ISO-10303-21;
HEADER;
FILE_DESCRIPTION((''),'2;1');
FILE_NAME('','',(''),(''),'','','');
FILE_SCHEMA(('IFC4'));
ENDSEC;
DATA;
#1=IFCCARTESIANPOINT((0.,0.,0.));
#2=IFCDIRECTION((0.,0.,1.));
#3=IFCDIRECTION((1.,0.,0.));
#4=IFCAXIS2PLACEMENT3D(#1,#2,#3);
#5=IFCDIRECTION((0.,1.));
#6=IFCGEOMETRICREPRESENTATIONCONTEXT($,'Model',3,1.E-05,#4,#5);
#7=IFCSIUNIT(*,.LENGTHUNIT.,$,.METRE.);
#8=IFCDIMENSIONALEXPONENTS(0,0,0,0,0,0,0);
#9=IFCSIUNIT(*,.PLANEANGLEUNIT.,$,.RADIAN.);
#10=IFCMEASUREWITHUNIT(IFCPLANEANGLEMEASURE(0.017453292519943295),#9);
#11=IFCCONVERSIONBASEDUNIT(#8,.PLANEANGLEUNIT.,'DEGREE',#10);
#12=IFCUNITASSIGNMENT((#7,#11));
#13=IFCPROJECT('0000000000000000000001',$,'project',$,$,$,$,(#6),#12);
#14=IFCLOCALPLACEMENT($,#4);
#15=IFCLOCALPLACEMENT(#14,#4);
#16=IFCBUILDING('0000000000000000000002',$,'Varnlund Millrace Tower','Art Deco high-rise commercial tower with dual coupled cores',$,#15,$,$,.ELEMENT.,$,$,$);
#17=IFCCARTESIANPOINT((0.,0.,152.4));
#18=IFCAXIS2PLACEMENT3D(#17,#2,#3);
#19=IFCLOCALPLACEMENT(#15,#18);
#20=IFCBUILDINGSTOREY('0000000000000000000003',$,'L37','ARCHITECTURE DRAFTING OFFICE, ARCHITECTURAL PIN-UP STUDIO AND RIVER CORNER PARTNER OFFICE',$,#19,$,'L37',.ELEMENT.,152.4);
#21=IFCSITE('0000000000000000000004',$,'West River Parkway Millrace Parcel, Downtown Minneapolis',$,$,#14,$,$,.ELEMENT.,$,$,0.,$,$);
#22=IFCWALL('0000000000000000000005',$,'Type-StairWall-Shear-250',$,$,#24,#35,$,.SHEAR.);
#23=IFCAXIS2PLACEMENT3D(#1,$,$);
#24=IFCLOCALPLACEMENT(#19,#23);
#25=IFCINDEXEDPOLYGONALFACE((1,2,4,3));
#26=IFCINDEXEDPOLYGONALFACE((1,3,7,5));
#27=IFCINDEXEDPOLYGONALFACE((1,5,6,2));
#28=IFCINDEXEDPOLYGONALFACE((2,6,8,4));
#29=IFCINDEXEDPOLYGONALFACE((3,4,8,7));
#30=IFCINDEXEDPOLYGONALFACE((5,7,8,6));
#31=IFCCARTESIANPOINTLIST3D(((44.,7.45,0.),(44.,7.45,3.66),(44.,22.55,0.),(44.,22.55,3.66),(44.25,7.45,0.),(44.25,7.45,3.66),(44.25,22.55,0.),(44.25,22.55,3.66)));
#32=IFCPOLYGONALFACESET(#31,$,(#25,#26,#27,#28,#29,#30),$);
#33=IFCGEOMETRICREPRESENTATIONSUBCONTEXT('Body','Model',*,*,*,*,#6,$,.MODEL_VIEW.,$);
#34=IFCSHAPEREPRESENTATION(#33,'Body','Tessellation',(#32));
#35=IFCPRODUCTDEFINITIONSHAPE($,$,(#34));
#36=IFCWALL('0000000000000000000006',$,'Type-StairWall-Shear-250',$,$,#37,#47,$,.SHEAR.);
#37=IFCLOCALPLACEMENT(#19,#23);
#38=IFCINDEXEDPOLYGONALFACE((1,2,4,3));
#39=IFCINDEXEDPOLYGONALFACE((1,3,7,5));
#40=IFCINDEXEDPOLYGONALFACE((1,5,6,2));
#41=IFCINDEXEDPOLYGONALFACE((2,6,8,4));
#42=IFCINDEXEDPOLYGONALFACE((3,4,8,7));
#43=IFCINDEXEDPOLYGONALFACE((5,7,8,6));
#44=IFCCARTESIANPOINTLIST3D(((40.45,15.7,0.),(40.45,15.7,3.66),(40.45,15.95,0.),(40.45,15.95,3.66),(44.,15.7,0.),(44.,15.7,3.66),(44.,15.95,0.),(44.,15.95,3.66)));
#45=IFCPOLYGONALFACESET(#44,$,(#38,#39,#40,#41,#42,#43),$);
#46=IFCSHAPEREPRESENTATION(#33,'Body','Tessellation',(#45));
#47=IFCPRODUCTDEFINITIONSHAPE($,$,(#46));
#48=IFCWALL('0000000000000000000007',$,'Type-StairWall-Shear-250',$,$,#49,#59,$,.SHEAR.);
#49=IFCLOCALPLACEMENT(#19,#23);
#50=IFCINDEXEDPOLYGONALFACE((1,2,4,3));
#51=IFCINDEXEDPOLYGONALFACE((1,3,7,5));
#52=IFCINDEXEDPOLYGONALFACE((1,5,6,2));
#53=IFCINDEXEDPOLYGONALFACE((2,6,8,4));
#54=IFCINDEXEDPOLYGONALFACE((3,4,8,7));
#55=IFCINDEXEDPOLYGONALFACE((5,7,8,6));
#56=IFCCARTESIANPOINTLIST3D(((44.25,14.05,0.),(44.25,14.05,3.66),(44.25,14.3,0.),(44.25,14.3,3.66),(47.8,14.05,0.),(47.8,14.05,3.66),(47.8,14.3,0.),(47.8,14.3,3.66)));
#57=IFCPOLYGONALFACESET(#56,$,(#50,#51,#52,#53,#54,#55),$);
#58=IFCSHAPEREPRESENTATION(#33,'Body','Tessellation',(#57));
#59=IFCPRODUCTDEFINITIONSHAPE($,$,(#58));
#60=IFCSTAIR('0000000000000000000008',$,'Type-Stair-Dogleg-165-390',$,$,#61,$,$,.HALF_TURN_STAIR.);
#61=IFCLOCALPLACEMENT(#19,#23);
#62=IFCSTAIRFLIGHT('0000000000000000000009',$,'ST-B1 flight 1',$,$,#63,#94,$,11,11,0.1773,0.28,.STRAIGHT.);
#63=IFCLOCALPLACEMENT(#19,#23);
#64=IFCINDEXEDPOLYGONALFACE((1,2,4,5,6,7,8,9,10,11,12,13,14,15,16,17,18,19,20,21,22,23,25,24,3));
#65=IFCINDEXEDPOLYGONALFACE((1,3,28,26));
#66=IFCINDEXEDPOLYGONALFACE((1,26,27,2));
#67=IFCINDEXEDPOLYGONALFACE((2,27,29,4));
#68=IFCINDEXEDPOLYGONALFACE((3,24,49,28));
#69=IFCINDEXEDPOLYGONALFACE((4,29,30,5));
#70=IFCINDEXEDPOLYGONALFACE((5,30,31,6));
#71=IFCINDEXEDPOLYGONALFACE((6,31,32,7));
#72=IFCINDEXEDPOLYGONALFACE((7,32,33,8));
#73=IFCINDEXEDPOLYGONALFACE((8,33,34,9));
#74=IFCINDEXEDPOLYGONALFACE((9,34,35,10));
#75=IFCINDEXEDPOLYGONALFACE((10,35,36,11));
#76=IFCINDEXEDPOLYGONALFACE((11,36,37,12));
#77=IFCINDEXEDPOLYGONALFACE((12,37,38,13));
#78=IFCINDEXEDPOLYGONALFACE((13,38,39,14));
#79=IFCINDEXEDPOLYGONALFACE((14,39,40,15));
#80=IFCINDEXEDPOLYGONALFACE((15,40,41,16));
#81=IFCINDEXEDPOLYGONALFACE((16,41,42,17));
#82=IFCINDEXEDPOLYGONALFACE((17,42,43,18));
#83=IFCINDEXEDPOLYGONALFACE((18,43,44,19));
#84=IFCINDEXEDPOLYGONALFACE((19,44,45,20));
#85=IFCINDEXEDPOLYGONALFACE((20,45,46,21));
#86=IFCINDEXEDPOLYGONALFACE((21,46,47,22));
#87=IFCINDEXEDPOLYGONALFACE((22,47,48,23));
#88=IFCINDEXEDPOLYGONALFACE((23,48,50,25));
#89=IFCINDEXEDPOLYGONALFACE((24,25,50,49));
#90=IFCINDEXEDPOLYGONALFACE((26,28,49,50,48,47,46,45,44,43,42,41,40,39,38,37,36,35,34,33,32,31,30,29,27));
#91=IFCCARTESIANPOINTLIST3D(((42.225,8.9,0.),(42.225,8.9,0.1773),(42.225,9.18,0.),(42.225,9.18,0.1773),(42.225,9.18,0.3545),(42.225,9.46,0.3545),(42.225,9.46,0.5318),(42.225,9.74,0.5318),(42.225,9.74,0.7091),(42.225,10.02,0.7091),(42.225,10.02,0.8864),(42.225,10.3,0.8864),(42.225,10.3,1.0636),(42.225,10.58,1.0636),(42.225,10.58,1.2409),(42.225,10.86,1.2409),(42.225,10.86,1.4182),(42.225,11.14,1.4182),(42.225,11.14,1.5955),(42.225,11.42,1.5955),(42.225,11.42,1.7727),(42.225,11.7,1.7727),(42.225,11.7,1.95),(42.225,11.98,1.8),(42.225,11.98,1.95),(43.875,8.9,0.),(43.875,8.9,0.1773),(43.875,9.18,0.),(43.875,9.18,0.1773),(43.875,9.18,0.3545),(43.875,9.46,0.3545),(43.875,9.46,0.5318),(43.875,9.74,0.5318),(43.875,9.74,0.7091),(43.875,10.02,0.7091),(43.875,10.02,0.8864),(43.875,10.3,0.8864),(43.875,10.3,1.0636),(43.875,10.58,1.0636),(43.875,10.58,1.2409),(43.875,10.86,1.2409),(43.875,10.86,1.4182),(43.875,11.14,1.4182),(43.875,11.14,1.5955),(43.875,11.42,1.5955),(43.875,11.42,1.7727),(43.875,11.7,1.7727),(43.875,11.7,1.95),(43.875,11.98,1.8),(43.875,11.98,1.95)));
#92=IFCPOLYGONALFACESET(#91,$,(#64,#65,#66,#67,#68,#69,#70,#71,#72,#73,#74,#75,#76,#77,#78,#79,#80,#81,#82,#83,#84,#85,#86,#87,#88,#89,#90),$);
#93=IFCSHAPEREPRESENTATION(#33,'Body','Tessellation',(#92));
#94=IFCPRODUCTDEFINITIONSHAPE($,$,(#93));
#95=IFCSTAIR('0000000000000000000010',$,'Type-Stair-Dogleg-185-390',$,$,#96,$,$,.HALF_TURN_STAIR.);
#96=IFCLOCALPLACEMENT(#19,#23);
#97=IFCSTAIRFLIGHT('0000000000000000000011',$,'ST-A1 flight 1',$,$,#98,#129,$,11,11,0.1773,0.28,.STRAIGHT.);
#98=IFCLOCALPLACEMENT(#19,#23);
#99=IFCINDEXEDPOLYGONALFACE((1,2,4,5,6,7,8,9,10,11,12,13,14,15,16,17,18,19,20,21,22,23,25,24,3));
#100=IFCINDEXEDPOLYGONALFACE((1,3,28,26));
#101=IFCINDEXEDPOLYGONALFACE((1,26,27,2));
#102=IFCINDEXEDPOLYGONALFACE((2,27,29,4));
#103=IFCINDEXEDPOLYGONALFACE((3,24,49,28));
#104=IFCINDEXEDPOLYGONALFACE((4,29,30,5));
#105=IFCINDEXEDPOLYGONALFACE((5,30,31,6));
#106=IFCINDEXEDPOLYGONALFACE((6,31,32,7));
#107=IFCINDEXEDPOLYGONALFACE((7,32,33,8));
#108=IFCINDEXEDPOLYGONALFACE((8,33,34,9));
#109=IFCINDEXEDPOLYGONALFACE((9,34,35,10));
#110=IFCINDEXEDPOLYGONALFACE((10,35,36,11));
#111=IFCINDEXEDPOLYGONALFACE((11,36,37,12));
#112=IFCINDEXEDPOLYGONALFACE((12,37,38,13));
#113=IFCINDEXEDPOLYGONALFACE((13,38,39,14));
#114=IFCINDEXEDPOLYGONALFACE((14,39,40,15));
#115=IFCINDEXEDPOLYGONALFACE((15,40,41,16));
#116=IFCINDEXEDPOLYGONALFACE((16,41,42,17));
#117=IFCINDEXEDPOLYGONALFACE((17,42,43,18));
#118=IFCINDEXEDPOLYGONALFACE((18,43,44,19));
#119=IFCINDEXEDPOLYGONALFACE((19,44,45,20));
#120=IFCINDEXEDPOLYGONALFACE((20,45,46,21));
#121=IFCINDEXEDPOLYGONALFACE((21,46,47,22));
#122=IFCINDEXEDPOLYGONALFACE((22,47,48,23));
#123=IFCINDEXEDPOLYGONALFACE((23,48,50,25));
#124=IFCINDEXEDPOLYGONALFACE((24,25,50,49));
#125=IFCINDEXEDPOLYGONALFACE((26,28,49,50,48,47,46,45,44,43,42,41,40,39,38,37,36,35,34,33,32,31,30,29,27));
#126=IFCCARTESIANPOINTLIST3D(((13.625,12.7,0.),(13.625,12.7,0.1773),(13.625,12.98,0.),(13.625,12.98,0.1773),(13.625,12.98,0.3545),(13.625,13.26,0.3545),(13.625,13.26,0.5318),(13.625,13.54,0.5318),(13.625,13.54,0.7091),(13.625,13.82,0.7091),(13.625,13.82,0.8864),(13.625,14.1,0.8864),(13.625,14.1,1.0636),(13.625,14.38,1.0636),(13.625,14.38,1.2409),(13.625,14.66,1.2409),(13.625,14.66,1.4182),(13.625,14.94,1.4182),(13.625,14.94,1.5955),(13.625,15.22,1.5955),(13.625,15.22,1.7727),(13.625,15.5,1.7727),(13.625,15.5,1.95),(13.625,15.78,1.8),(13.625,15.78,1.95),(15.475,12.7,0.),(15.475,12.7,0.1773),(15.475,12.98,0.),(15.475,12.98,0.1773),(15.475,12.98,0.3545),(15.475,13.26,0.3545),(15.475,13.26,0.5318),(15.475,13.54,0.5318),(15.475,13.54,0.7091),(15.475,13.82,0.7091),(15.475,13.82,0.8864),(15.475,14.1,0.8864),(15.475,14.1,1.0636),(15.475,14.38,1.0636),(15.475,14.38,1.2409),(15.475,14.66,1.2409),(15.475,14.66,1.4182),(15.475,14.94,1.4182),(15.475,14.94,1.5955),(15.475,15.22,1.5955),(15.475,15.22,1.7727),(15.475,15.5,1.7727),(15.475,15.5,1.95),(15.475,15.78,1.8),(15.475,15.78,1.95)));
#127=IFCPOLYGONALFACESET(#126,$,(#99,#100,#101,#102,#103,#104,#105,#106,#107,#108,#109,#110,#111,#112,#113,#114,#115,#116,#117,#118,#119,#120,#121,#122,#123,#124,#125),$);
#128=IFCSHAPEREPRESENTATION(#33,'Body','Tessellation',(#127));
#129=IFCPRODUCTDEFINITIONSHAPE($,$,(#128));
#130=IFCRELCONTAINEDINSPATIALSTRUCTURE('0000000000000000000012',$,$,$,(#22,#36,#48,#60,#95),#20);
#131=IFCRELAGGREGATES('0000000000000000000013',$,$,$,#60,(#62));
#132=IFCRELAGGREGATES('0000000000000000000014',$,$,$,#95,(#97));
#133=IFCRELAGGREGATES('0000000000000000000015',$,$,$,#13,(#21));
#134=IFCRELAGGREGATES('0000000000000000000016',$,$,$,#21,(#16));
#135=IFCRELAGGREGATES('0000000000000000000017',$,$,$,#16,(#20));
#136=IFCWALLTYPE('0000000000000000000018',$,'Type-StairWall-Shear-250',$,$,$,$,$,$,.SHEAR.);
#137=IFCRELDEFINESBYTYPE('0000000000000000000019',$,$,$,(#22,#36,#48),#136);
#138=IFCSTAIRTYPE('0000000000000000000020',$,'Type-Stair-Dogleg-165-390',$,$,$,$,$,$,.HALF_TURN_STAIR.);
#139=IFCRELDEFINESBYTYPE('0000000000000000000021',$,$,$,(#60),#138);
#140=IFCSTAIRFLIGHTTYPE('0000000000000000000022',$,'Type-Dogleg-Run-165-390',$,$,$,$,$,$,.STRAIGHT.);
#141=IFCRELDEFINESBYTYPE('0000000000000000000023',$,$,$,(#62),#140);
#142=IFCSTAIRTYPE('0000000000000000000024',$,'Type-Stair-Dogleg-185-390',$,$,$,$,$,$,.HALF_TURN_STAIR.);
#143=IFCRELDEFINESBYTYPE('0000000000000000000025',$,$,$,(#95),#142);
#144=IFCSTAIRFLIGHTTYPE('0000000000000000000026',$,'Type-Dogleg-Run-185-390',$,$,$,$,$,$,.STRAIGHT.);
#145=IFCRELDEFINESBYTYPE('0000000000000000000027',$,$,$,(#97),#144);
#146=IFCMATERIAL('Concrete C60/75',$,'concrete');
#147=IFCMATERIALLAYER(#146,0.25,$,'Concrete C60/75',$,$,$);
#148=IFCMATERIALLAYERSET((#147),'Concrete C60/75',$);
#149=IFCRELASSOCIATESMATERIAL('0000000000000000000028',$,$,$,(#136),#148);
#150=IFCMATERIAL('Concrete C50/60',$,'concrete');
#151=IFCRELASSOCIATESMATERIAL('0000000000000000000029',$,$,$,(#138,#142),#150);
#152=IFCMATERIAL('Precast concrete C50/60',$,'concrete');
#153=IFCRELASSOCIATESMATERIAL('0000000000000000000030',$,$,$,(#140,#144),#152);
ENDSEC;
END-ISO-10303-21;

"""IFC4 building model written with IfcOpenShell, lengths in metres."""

from ifc_helpers import new_model, entity, si_unit, converted_unit, direction, frame, origin_with_axes, place, context, subcontext, project, spatial, polyline, outline, extrude, material, layer, layer_set, type_object, element, aggregate, save


model = new_model("IFC4")

# Units and contexts
model_context = context("Model", 3, precision=1e-05, world=origin_with_axes(), true_north=direction((0.0, 1.0)))
body_context = subcontext(model_context, "Body", "Model", "MODEL_VIEW")
ifc_project = project(units=[si_unit("LENGTHUNIT", "METRE"), converted_unit("PLANEANGLEUNIT", "DEGREE", entity("IfcPlaneAngleMeasure", 0.017453292519943295), si_unit("PLANEANGLEUNIT", "RADIAN"), dimensions=[0, 0, 0, 0, 0, 0, 0])], contexts=[model_context])

# Site, building, storey
site_placement = place(None, origin_with_axes())
site = spatial("IfcSite", under=ifc_project, at=site_placement, Name="West River Parkway Millrace Parcel, Downtown Minneapolis", CompositionType="ELEMENT", RefElevation=0.0)
building_placement = place(site_placement, origin_with_axes())
building = spatial("IfcBuilding", under=site, at=building_placement, Name="Varnlund Millrace Tower", Description="Art Deco high-rise commercial tower with dual coupled cores", CompositionType="ELEMENT")
storey_placement = place(building_placement, frame((0.0, 0.0, 152.4), z_axis=(0.0, 0.0, 1.0), x_axis=(1.0, 0.0, 0.0)))
storey = spatial("IfcBuildingStorey", under=building, at=storey_placement, Name="L37", Description="ARCHITECTURE DRAFTING OFFICE, ARCHITECTURAL PIN-UP STUDIO AND RIVER CORNER PARTNER OFFICE", LongName="L37", CompositionType="ELEMENT", Elevation=152.4)

# Shared definitions
ifc_material_1 = material(Name="Concrete C60/75", Category="concrete")
ifc_layer_1 = layer(ifc_material_1, 0.25, Name="Concrete C60/75")
ifc_layer_set_1 = layer_set([ifc_layer_1], Name="Concrete C60/75")

# Walls
wall_type_1 = type_object("IfcWallType", Name="Type-StairWall-Shear-250", PredefinedType="SHEAR", material=ifc_layer_set_1)
wall_1_placement = place(storey_placement, frame((44.125, 7.45, 0.0), z_axis=(0.0, 0.0, 1.0), x_axis=(0.0, 1.0, 0.0)))
element("IfcWall", 1, at=wall_1_placement, inside=storey, type_object=wall_type_1, Name="Type-StairWall-Shear-250", PredefinedType="SHEAR", context=body_context, shape_type="SweptSolid", body=[
    extrude(outline(polyline([(0.0, -0.125), (15.1, -0.125), (15.1, 0.125), (0.0, 0.125), (0.0, -0.125)])), origin_with_axes(), (0.0, 0.0, 1.0), 3.66),
])
for number, where, z_axis, x_axis, name in (
    (2, (40.45, 15.825, 0.0), (0.0, 0.0, 1.0), (1.0, 0.0, 0.0), "Type-StairWall-Shear-250"),
    (3, (44.25, 14.175, 0.0), (0.0, 0.0, 1.0), (1.0, 0.0, 0.0), "Type-StairWall-Shear-250"),
):
    element("IfcWall", number, at=place(storey_placement, frame(where, z_axis=z_axis, x_axis=x_axis)), inside=storey, type_object=wall_type_1, Name=name, PredefinedType="SHEAR", context=body_context, shape_type="SweptSolid", body=[
        extrude(outline(polyline([(0.0, -0.125), (3.55, -0.125), (3.55, 0.125), (0.0, 0.125), (0.0, -0.125)])), origin_with_axes(), (0.0, 0.0, 1.0), 3.66),
    ])

# Stairs, stair flights
ifc_material_2 = material(Name="Concrete C50/60", Category="concrete")
stair_type_1 = type_object("IfcStairType", Name="Type-Stair-Dogleg-165-390", PredefinedType="HALF_TURN_STAIR", material=ifc_material_2)
stair_1_placement = place(storey_placement, origin_with_axes())
stair_1 = element("IfcStair", 4, at=stair_1_placement, inside=storey, type_object=stair_type_1, Name="Type-Stair-Dogleg-165-390", PredefinedType="HALF_TURN_STAIR")
ifc_material_3 = material(Name="Precast concrete C50/60", Category="concrete")
stair_flight_type_1 = type_object("IfcStairFlightType", Name="Type-Dogleg-Run-165-390", PredefinedType="STRAIGHT", material=ifc_material_3)
stair_flight_1_placement = place(storey_placement, frame((42.225, 8.9, 0.0), z_axis=(1.0, 0.0, 0.0), x_axis=(0.0, 1.0, 0.0)))
stair_flight_1 = element("IfcStairFlight", 5, at=stair_flight_1_placement, type_object=stair_flight_type_1, Name="ST-B1 flight 1", NumberOfRisers=11, NumberOfTreads=11, PredefinedType="STRAIGHT", RiserHeight=0.1773, TreadLength=0.28, context=body_context, shape_type="SweptSolid", body=[
    extrude(outline(polyline([(0.0, 0.0), (0.0, 0.1773), (0.28, 0.1773), (0.28, 0.3545), (0.56, 0.3545), (0.56, 0.5318), (0.84, 0.5318), (0.84, 0.7091), (1.12, 0.7091), (1.12, 0.8864), (1.4, 0.8864), (1.4, 1.0636), (1.68, 1.0636), (1.68, 1.2409), (1.96, 1.2409), (1.96, 1.4182), (2.24, 1.4182), (2.24, 1.5955), (2.52, 1.5955), (2.52, 1.7727), (2.8, 1.7727), (2.8, 1.95), (3.08, 1.95), (3.08, 1.8), (0.28, 0.0), (0.0, 0.0)])), origin_with_axes(), (0.0, 0.0, 1.0), 1.65),
])
aggregate(stair_1, [stair_flight_1])
stair_type_2 = type_object("IfcStairType", Name="Type-Stair-Dogleg-185-390", PredefinedType="HALF_TURN_STAIR", material=ifc_material_2)
stair_2_placement = place(storey_placement, origin_with_axes())
stair_2 = element("IfcStair", 6, at=stair_2_placement, inside=storey, type_object=stair_type_2, Name="Type-Stair-Dogleg-185-390", PredefinedType="HALF_TURN_STAIR")
stair_flight_type_2 = type_object("IfcStairFlightType", Name="Type-Dogleg-Run-185-390", PredefinedType="STRAIGHT", material=ifc_material_3)
stair_flight_2_placement = place(storey_placement, frame((13.625, 12.7, 0.0), z_axis=(1.0, 0.0, 0.0), x_axis=(0.0, 1.0, 0.0)))
stair_flight_2 = element("IfcStairFlight", 7, at=stair_flight_2_placement, type_object=stair_flight_type_2, Name="ST-A1 flight 1", NumberOfRisers=11, NumberOfTreads=11, PredefinedType="STRAIGHT", RiserHeight=0.1773, TreadLength=0.28, context=body_context, shape_type="SweptSolid", body=[
    extrude(outline(polyline([(0.0, 0.0), (0.0, 0.1773), (0.28, 0.1773), (0.28, 0.3545), (0.56, 0.3545), (0.56, 0.5318), (0.84, 0.5318), (0.84, 0.7091), (1.12, 0.7091), (1.12, 0.8864), (1.4, 0.8864), (1.4, 1.0636), (1.68, 1.0636), (1.68, 1.2409), (1.96, 1.2409), (1.96, 1.4182), (2.24, 1.4182), (2.24, 1.5955), (2.52, 1.5955), (2.52, 1.7727), (2.8, 1.7727), (2.8, 1.95), (3.08, 1.95), (3.08, 1.8), (0.28, 0.0), (0.0, 0.0)])), origin_with_axes(), (0.0, 0.0, 1.0), 1.85),
])
aggregate(stair_2, [stair_flight_2])

save(model, "model.ifc")
